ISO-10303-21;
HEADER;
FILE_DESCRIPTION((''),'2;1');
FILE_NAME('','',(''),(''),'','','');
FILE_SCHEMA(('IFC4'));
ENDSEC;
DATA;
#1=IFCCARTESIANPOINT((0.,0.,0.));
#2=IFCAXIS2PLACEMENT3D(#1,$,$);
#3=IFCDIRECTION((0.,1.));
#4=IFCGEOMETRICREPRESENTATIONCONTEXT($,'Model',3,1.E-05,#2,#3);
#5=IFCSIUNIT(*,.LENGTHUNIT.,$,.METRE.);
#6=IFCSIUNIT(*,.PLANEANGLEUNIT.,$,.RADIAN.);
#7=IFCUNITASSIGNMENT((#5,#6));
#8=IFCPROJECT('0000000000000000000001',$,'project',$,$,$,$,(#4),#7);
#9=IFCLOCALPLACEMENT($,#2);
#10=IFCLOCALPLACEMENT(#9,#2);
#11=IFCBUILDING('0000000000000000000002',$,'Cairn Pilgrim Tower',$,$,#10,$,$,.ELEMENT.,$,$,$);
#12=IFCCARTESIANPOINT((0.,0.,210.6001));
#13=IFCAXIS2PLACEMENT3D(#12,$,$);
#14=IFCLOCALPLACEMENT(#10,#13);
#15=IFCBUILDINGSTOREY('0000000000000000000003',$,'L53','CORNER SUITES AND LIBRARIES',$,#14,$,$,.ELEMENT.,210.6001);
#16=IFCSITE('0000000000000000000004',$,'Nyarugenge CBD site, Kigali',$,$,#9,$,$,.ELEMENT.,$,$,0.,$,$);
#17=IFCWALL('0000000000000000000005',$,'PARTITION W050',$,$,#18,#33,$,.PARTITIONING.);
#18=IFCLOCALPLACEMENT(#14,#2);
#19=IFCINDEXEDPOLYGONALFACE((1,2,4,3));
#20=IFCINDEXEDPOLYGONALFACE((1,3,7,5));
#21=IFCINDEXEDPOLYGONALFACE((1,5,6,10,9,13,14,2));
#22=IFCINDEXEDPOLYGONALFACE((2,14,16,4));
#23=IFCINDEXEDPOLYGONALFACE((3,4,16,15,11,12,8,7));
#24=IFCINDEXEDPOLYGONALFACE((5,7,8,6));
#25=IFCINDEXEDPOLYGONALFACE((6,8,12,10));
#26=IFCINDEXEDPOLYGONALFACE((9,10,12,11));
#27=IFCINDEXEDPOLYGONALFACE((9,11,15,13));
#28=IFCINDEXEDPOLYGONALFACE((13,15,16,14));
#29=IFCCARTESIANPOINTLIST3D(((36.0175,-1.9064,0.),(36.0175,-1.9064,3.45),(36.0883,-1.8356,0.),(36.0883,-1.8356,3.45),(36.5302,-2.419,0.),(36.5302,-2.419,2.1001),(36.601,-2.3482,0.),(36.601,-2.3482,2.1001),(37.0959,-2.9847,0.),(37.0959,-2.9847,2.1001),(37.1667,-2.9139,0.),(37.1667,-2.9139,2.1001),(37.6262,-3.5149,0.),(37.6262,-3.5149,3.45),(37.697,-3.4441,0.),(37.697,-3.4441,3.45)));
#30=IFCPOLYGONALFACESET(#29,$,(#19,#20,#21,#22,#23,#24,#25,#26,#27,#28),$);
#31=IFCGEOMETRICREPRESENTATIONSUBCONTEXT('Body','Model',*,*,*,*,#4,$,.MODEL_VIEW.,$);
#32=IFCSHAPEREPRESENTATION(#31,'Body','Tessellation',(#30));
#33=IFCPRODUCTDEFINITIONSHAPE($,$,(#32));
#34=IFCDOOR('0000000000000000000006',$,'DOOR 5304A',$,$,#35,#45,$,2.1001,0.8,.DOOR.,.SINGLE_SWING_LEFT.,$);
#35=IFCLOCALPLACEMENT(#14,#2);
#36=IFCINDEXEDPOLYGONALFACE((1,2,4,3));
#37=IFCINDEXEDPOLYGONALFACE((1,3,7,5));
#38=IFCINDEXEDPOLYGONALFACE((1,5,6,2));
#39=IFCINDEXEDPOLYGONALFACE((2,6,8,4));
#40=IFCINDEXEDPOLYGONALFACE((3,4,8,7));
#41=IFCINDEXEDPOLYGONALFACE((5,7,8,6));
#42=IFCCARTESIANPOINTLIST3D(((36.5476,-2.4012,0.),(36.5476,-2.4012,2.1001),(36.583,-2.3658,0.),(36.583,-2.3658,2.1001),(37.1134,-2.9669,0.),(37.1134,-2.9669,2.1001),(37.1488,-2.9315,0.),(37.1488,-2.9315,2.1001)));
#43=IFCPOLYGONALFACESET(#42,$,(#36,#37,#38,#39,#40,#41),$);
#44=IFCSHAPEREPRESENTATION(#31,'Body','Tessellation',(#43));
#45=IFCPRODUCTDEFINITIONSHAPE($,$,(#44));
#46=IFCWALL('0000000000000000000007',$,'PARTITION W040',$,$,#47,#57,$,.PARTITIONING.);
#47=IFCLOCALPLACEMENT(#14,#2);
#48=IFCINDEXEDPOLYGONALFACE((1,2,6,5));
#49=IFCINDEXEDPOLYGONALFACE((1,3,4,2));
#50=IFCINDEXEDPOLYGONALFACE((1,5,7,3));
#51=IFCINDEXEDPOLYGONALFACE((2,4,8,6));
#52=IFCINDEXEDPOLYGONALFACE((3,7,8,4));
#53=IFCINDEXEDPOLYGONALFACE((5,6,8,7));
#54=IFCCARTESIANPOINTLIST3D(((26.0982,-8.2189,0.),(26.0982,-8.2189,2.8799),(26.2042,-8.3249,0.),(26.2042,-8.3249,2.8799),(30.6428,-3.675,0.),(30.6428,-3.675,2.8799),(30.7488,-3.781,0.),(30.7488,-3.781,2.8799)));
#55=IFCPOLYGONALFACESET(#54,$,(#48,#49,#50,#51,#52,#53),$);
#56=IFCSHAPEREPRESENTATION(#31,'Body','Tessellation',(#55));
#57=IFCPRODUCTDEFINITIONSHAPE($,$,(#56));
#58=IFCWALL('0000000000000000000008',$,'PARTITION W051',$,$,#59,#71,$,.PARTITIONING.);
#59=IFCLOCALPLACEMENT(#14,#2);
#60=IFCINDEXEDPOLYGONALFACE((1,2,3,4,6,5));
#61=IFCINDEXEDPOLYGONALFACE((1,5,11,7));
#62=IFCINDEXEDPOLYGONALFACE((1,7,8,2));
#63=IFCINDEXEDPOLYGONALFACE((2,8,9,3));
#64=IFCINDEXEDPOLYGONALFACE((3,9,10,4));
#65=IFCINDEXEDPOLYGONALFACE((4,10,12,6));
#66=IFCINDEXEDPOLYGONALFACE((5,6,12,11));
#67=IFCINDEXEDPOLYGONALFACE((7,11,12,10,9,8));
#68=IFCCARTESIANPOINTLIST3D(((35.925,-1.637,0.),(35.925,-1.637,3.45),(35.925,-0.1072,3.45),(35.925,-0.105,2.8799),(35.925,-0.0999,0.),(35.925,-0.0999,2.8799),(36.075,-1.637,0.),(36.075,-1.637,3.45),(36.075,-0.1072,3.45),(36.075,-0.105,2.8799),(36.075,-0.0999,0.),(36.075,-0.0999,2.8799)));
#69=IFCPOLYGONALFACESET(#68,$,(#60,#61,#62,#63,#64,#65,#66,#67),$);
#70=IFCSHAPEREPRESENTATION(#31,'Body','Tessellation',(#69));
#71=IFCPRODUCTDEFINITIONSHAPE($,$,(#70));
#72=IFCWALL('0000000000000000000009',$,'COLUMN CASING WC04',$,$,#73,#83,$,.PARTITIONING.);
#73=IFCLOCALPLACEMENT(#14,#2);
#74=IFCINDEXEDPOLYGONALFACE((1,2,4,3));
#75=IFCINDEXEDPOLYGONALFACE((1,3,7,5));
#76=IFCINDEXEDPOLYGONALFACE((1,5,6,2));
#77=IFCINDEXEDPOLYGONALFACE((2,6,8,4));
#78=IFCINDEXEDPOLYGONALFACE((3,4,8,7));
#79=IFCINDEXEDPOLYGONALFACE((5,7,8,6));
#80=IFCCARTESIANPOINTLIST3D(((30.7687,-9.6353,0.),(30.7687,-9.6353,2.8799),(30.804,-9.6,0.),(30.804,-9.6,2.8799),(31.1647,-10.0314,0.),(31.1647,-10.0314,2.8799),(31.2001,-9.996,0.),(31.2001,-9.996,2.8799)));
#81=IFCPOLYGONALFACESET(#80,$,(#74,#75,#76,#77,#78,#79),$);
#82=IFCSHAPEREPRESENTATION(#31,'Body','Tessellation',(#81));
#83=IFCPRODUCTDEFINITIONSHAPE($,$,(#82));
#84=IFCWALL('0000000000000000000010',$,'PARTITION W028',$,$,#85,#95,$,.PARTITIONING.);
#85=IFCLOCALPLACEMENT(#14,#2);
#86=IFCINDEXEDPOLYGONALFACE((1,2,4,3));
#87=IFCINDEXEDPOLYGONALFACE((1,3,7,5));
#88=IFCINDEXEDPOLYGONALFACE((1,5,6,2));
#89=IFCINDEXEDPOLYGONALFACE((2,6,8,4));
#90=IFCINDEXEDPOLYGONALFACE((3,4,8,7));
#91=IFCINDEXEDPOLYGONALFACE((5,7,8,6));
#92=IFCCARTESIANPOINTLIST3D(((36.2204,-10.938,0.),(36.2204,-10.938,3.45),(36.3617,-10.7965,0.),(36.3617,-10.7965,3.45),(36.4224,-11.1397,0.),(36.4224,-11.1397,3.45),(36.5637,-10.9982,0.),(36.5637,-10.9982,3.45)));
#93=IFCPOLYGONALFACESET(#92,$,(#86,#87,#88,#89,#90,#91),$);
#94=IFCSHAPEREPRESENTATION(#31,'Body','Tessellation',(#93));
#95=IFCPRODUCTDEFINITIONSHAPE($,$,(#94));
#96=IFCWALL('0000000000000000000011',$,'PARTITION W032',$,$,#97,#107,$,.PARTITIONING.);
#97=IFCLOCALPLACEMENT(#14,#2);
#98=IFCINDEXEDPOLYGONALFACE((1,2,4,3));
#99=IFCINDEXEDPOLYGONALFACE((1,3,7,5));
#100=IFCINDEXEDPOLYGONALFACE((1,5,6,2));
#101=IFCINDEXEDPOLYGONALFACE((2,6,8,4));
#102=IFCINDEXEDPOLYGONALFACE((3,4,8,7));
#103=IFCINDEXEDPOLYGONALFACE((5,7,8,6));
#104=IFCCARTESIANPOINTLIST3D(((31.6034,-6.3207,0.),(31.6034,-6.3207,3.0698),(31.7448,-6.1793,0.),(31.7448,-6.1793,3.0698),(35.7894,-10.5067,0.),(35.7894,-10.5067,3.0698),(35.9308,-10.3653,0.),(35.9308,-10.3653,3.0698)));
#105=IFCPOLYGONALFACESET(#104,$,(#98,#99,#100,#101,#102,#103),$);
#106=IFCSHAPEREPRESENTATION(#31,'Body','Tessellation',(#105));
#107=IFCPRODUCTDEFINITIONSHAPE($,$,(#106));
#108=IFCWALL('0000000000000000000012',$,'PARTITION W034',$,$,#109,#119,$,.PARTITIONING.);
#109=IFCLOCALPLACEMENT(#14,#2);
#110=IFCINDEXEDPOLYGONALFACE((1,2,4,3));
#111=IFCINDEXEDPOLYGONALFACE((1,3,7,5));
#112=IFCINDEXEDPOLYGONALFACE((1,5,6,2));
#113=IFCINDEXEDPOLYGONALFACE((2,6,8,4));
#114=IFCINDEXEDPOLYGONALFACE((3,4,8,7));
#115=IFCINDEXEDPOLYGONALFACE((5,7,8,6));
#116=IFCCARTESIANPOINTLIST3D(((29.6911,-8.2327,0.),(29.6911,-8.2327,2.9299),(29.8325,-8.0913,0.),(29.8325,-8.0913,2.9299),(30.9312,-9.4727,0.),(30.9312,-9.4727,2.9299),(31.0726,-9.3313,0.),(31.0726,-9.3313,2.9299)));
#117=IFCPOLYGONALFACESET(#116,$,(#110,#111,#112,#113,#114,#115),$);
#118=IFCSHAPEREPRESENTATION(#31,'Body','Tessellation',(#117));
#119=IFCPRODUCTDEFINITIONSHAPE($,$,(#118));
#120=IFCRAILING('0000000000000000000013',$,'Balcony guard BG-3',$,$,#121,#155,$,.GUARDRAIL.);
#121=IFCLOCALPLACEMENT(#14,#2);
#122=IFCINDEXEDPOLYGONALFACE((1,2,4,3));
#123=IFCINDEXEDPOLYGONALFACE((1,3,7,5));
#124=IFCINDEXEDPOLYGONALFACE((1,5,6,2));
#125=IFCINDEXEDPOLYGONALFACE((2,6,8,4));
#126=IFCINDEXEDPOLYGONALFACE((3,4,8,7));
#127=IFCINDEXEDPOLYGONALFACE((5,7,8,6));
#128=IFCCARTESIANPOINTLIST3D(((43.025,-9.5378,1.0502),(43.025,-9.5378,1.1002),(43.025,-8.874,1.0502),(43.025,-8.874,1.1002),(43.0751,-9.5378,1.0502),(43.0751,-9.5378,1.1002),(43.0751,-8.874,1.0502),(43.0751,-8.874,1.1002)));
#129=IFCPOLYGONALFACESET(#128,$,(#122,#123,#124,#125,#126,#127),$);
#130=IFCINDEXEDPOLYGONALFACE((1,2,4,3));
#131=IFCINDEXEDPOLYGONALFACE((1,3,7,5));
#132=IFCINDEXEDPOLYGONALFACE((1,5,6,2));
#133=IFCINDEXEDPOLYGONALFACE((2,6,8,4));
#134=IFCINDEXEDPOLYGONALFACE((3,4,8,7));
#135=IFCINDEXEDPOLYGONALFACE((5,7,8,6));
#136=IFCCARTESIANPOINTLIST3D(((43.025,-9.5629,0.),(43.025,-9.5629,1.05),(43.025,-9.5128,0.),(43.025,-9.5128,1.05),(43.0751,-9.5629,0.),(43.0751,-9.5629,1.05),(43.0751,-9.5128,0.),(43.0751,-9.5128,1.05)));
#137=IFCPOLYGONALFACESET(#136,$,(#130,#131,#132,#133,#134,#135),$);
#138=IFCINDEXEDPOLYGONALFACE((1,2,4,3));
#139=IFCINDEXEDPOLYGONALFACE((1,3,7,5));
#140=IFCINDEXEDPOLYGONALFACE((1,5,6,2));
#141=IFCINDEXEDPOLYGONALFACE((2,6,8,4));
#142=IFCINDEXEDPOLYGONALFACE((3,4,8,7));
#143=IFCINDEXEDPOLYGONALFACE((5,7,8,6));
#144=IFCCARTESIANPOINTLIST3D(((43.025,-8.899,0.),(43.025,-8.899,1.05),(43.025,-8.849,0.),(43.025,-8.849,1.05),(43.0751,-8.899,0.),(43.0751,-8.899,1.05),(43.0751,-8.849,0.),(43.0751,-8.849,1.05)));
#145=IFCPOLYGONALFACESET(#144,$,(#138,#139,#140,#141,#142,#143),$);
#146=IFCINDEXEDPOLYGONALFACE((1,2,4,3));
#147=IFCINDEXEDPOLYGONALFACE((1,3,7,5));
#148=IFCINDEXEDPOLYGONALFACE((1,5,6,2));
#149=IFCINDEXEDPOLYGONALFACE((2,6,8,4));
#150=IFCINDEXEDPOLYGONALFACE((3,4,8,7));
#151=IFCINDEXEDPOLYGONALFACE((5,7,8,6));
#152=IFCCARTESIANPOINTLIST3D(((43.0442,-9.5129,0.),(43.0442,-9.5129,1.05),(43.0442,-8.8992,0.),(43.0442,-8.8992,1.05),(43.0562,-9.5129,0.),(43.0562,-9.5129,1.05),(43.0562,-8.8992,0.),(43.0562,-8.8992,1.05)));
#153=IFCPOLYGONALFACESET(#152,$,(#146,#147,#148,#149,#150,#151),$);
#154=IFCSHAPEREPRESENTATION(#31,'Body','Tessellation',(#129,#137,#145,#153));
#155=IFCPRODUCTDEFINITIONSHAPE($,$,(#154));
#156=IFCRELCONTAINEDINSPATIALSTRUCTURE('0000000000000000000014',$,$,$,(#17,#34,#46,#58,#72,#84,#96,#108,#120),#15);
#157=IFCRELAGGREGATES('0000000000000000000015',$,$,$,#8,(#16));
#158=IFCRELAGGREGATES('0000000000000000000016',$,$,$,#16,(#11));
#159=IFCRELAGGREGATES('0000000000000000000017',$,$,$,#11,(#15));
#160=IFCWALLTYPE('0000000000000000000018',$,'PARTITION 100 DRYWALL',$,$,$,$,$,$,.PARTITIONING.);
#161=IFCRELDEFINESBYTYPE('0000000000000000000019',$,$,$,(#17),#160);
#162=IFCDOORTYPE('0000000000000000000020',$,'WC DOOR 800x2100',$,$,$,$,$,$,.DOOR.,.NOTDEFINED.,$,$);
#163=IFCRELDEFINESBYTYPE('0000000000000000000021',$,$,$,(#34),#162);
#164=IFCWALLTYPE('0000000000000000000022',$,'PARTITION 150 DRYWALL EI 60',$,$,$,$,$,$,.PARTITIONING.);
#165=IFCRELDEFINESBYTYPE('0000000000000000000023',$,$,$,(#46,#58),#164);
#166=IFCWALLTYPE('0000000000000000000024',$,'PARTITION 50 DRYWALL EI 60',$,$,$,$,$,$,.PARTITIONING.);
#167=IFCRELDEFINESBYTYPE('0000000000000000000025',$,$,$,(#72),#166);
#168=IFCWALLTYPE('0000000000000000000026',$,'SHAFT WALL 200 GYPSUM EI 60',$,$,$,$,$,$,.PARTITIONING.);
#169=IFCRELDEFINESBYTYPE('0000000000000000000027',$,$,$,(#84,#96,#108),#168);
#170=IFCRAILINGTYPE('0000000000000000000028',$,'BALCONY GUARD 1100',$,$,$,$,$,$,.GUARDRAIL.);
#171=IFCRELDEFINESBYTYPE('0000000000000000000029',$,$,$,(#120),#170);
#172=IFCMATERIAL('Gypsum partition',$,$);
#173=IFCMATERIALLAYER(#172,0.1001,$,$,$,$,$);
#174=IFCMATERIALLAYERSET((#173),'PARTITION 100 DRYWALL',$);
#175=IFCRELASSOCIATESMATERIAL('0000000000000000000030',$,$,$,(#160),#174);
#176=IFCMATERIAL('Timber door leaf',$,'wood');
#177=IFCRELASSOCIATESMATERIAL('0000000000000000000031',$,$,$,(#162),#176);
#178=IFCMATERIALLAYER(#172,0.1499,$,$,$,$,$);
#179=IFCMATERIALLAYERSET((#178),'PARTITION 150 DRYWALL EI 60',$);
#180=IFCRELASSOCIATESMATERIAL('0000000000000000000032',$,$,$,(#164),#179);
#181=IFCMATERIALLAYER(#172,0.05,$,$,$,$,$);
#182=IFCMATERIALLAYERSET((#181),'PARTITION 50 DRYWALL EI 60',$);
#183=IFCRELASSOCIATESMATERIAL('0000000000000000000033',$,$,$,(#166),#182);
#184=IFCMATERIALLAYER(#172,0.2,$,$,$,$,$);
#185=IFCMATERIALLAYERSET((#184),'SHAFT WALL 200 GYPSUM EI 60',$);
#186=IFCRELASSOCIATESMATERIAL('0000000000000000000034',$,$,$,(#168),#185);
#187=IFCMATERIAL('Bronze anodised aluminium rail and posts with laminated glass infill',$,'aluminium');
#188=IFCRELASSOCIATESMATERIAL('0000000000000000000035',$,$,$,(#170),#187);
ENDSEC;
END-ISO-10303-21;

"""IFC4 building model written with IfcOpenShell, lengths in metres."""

from ifc_helpers import new_model, si_unit, direction, frame, frame_2d, origin, origin_2d, place, context, subcontext, project, spatial, polyline, rectangle, outline, extrude, material, layer, layer_set, type_object, element, fill, save


model = new_model("IFC4")

# Units and contexts
model_context = context("Model", 3, precision=1e-05, world=origin(), true_north=direction((0.0, 1.0)))
body_context = subcontext(model_context, "Body", "Model", "MODEL_VIEW")
ifc_project = project(units=[si_unit("LENGTHUNIT", "METRE"), si_unit("PLANEANGLEUNIT", "RADIAN")], contexts=[model_context])

# Site, building, storey
site_placement = place(None, origin())
site = spatial("IfcSite", under=ifc_project, at=site_placement, Name="Nyarugenge CBD site, Kigali", CompositionType="ELEMENT", RefElevation=0.0)
building_placement = place(site_placement, origin())
building = spatial("IfcBuilding", under=site, at=building_placement, Name="Cairn Pilgrim Tower", CompositionType="ELEMENT")
storey_placement = place(building_placement, frame((0.0, 0.0, 210.6001)))
storey = spatial("IfcBuildingStorey", under=building, at=storey_placement, Name="L53", Description="CORNER SUITES AND LIBRARIES", CompositionType="ELEMENT", Elevation=210.6001)

# Shared definitions
ifc_material_1 = material(Name="Gypsum partition")
ifc_layer_1 = layer(ifc_material_1, 0.1001)
ifc_layer_set_1 = layer_set([ifc_layer_1], Name="PARTITION 100 DRYWALL")
wall_type_1 = type_object("IfcWallType", Name="PARTITION 100 DRYWALL", PredefinedType="PARTITIONING", material=ifc_layer_set_1)

# Wall, opening, door
wall_1_placement = place(storey_placement, frame((37.6616, -3.4795, 0.0), z_axis=(0.0, 0.0, 1.0), x_axis=(-0.70716, 0.707053, 0.0)))
wall_1 = element("IfcWall", 1, at=wall_1_placement, inside=storey, type_object=wall_type_1, Name="PARTITION W050", PredefinedType="PARTITIONING", context=body_context, shape_type="SweptSolid", body=[
    extrude(rectangle(XDim=2.2749, YDim=0.1001, at=frame_2d((1.1375, 0.0))), origin(), (0.0, 0.0, 1.0), 3.45),
])
opening_1_placement = place(wall_1_placement, frame((0.75, 0.0, 0.0)))
opening_1 = element("IfcOpeningElement", 2, at=opening_1_placement, cuts=wall_1, PredefinedType="OPENING", context=body_context, shape_type="SweptSolid", body=[
    extrude(rectangle(XDim=0.8, YDim=2.1001, at=frame_2d((0.3999, 1.05))), frame((0.0, 0.0601, 0.0), z_axis=(0.0, -1.0, 0.0), x_axis=(1.0, 0.0, 0.0)), (0.0, 0.0, 1.0), 0.1201),
])
ifc_material_2 = material(Name="Timber door leaf", Category="wood")
door_type_1 = type_object("IfcDoorType", Name="WC DOOR 800x2100", OperationType="NOTDEFINED", PredefinedType="DOOR", material=ifc_material_2)
door_1_placement = place(opening_1_placement, frame((0.8, 0.0, 0.0), z_axis=(0.0, 0.0, 1.0), x_axis=(-1.0, 0.0, 0.0)))
door_1 = element("IfcDoor", 3, at=door_1_placement, inside=storey, type_object=door_type_1, Name="DOOR 5304A", OperationType="SINGLE_SWING_LEFT", OverallHeight=2.1001, OverallWidth=0.8, PredefinedType="DOOR", context=body_context, shape_type="SweptSolid", body=[
    extrude(rectangle(XDim=0.8, YDim=2.1001, at=frame_2d((0.3999, 1.05))), frame((0.0, 0.0249, 0.0), z_axis=(0.0, -1.0, 0.0), x_axis=(1.0, 0.0, 0.0)), (0.0, 0.0, 1.0), 0.05),
])
fill(opening_1, door_1)

# Walls
ifc_layer_2 = layer(ifc_material_1, 0.1499)
ifc_layer_set_2 = layer_set([ifc_layer_2], Name="PARTITION 150 DRYWALL EI 60")
wall_type_2 = type_object("IfcWallType", Name="PARTITION 150 DRYWALL EI 60", PredefinedType="PARTITIONING", material=ifc_layer_set_2)
wall_2_placement = place(storey_placement, frame((26.1511, -8.272, 0.0), z_axis=(0.0, 0.0, 1.0), x_axis=(0.707164, 0.70705, 0.0)))
element("IfcWall", 4, at=wall_2_placement, inside=storey, type_object=wall_type_2, Name="PARTITION W040", PredefinedType="PARTITIONING", context=body_context, shape_type="SweptSolid", body=[
    extrude(rectangle(XDim=6.4265, YDim=0.1499, at=frame_2d((3.2134, 0.0))), origin(), (0.0, 0.0, 1.0), 2.8799),
])
wall_3_placement = place(storey_placement, frame((36.0, -1.637, 0.0), z_axis=(0.0, 0.0, 1.0), x_axis=(0.0, 1.0, 0.0)))
element("IfcWall", 5, at=wall_3_placement, inside=storey, type_object=wall_type_2, Name="PARTITION W051", PredefinedType="PARTITIONING", context=body_context, shape_type="SweptSolid", body=[
    extrude(outline(polyline([(0.0, 0.0), (1.5371, 0.0), (1.5371, 2.8799), (1.532, 2.8799), (1.5298, 3.45), (0.0, 3.45), (0.0, 0.0)])), frame((0.0, 0.075, 0.0), z_axis=(0.0, -1.0, 0.0), x_axis=(1.0, 0.0, 0.0)), (0.0, 0.0, 1.0), 0.1499),
])
ifc_layer_3 = layer(ifc_material_1, 0.05)
ifc_layer_set_3 = layer_set([ifc_layer_3], Name="PARTITION 50 DRYWALL EI 60")
wall_type_3 = type_object("IfcWallType", Name="PARTITION 50 DRYWALL EI 60", PredefinedType="PARTITIONING", material=ifc_layer_set_3)
wall_4_placement = place(storey_placement, frame((31.1824, -10.0137, 0.0), z_axis=(0.0, 0.0, 1.0), x_axis=(-0.707107, 0.707107, 0.0)))
element("IfcWall", 6, at=wall_4_placement, inside=storey, type_object=wall_type_3, Name="COLUMN CASING WC04", PredefinedType="PARTITIONING", context=body_context, shape_type="SweptSolid", body=[
    extrude(rectangle(XDim=0.5601, YDim=0.05, at=frame_2d((0.28, 0.0))), origin(), (0.0, 0.0, 1.0), 2.8799),
])
ifc_layer_4 = layer(ifc_material_1, 0.2)
ifc_layer_set_4 = layer_set([ifc_layer_4], Name="SHAFT WALL 200 GYPSUM EI 60")
wall_type_4 = type_object("IfcWallType", Name="SHAFT WALL 200 GYPSUM EI 60", PredefinedType="PARTITIONING", material=ifc_layer_set_4)
wall_5_placement = place(storey_placement, frame((36.4929, -11.0688, 0.0), z_axis=(0.0, 0.0, 1.0), x_axis=(-0.707534, 0.706679, 0.0)))
element("IfcWall", 7, at=wall_5_placement, inside=storey, type_object=wall_type_4, Name="PARTITION W028", PredefinedType="PARTITIONING", context=body_context, shape_type="SweptSolid", body=[
    extrude(rectangle(XDim=0.2854, YDim=0.2, at=frame_2d((0.1426, 0.0))), origin(), (0.0, 0.0, 1.0), 3.45),
])
wall_6_placement = place(storey_placement, frame((35.8601, -10.436, 0.0), z_axis=(0.0, 0.0, 1.0), x_axis=(-0.707107, 0.707107, 0.0)))
element("IfcWall", 8, at=wall_6_placement, inside=storey, type_object=wall_type_4, Name="PARTITION W032", PredefinedType="PARTITIONING", context=body_context, shape_type="SweptSolid", body=[
    extrude(rectangle(XDim=5.9199, YDim=0.2, at=frame_2d((2.96, 0.0))), origin(), (0.0, 0.0, 1.0), 3.0698),
])
wall_7_placement = place(storey_placement, frame((31.002, -9.4021, 0.0), z_axis=(0.0, 0.0, 1.0), x_axis=(-0.707107, 0.707107, 0.0)))
element("IfcWall", 9, at=wall_7_placement, inside=storey, type_object=wall_type_4, Name="PARTITION W034", PredefinedType="PARTITIONING", context=body_context, shape_type="SweptSolid", body=[
    extrude(rectangle(XDim=1.7537, YDim=0.2, at=frame_2d((0.877, 0.0))), origin(), (0.0, 0.0, 1.0), 2.9299),
])

# Railing
ifc_material_3 = material(Name="Bronze anodised aluminium rail and posts with laminated glass infill", Category="aluminium")
railing_type = type_object("IfcRailingType", Name="BALCONY GUARD 1100", PredefinedType="GUARDRAIL", material=ifc_material_3)
railing_1_placement = place(storey_placement, frame((43.05, -9.5378, 0.0)))
element("IfcRailing", 10, at=railing_1_placement, inside=storey, type_object=railing_type, Name="Balcony guard BG-3", PredefinedType="GUARDRAIL", context=body_context, shape_type="SweptSolid", body=[
    extrude(rectangle(XDim=0.05, YDim=0.05, at=origin_2d()), frame((0.0, 0.0, 1.0752), z_axis=(0.0, 1.0, 0.0), x_axis=(-1.0, 0.0, 0.0)), (0.0, 0.0, 1.0), 0.6638),
    extrude(rectangle(XDim=0.05, YDim=0.05, at=origin_2d()), origin(), (0.0, 0.0, 1.0), 1.05),
    extrude(rectangle(XDim=0.05, YDim=0.05, at=origin_2d()), frame((0.0, 0.6638, 0.0)), (0.0, 0.0, 1.0), 1.05),
    extrude(outline(polyline([(0.0249, 0.0), (0.6387, 0.0), (0.6387, 1.05), (0.0249, 1.05), (0.0249, 0.0)])), frame((-0.0059, 0.0, 0.0), z_axis=(1.0, 0.0, 0.0), x_axis=(0.0, 1.0, 0.0)), (0.0, 0.0, 1.0), 0.012),
])

save(model, "model.ifc")
